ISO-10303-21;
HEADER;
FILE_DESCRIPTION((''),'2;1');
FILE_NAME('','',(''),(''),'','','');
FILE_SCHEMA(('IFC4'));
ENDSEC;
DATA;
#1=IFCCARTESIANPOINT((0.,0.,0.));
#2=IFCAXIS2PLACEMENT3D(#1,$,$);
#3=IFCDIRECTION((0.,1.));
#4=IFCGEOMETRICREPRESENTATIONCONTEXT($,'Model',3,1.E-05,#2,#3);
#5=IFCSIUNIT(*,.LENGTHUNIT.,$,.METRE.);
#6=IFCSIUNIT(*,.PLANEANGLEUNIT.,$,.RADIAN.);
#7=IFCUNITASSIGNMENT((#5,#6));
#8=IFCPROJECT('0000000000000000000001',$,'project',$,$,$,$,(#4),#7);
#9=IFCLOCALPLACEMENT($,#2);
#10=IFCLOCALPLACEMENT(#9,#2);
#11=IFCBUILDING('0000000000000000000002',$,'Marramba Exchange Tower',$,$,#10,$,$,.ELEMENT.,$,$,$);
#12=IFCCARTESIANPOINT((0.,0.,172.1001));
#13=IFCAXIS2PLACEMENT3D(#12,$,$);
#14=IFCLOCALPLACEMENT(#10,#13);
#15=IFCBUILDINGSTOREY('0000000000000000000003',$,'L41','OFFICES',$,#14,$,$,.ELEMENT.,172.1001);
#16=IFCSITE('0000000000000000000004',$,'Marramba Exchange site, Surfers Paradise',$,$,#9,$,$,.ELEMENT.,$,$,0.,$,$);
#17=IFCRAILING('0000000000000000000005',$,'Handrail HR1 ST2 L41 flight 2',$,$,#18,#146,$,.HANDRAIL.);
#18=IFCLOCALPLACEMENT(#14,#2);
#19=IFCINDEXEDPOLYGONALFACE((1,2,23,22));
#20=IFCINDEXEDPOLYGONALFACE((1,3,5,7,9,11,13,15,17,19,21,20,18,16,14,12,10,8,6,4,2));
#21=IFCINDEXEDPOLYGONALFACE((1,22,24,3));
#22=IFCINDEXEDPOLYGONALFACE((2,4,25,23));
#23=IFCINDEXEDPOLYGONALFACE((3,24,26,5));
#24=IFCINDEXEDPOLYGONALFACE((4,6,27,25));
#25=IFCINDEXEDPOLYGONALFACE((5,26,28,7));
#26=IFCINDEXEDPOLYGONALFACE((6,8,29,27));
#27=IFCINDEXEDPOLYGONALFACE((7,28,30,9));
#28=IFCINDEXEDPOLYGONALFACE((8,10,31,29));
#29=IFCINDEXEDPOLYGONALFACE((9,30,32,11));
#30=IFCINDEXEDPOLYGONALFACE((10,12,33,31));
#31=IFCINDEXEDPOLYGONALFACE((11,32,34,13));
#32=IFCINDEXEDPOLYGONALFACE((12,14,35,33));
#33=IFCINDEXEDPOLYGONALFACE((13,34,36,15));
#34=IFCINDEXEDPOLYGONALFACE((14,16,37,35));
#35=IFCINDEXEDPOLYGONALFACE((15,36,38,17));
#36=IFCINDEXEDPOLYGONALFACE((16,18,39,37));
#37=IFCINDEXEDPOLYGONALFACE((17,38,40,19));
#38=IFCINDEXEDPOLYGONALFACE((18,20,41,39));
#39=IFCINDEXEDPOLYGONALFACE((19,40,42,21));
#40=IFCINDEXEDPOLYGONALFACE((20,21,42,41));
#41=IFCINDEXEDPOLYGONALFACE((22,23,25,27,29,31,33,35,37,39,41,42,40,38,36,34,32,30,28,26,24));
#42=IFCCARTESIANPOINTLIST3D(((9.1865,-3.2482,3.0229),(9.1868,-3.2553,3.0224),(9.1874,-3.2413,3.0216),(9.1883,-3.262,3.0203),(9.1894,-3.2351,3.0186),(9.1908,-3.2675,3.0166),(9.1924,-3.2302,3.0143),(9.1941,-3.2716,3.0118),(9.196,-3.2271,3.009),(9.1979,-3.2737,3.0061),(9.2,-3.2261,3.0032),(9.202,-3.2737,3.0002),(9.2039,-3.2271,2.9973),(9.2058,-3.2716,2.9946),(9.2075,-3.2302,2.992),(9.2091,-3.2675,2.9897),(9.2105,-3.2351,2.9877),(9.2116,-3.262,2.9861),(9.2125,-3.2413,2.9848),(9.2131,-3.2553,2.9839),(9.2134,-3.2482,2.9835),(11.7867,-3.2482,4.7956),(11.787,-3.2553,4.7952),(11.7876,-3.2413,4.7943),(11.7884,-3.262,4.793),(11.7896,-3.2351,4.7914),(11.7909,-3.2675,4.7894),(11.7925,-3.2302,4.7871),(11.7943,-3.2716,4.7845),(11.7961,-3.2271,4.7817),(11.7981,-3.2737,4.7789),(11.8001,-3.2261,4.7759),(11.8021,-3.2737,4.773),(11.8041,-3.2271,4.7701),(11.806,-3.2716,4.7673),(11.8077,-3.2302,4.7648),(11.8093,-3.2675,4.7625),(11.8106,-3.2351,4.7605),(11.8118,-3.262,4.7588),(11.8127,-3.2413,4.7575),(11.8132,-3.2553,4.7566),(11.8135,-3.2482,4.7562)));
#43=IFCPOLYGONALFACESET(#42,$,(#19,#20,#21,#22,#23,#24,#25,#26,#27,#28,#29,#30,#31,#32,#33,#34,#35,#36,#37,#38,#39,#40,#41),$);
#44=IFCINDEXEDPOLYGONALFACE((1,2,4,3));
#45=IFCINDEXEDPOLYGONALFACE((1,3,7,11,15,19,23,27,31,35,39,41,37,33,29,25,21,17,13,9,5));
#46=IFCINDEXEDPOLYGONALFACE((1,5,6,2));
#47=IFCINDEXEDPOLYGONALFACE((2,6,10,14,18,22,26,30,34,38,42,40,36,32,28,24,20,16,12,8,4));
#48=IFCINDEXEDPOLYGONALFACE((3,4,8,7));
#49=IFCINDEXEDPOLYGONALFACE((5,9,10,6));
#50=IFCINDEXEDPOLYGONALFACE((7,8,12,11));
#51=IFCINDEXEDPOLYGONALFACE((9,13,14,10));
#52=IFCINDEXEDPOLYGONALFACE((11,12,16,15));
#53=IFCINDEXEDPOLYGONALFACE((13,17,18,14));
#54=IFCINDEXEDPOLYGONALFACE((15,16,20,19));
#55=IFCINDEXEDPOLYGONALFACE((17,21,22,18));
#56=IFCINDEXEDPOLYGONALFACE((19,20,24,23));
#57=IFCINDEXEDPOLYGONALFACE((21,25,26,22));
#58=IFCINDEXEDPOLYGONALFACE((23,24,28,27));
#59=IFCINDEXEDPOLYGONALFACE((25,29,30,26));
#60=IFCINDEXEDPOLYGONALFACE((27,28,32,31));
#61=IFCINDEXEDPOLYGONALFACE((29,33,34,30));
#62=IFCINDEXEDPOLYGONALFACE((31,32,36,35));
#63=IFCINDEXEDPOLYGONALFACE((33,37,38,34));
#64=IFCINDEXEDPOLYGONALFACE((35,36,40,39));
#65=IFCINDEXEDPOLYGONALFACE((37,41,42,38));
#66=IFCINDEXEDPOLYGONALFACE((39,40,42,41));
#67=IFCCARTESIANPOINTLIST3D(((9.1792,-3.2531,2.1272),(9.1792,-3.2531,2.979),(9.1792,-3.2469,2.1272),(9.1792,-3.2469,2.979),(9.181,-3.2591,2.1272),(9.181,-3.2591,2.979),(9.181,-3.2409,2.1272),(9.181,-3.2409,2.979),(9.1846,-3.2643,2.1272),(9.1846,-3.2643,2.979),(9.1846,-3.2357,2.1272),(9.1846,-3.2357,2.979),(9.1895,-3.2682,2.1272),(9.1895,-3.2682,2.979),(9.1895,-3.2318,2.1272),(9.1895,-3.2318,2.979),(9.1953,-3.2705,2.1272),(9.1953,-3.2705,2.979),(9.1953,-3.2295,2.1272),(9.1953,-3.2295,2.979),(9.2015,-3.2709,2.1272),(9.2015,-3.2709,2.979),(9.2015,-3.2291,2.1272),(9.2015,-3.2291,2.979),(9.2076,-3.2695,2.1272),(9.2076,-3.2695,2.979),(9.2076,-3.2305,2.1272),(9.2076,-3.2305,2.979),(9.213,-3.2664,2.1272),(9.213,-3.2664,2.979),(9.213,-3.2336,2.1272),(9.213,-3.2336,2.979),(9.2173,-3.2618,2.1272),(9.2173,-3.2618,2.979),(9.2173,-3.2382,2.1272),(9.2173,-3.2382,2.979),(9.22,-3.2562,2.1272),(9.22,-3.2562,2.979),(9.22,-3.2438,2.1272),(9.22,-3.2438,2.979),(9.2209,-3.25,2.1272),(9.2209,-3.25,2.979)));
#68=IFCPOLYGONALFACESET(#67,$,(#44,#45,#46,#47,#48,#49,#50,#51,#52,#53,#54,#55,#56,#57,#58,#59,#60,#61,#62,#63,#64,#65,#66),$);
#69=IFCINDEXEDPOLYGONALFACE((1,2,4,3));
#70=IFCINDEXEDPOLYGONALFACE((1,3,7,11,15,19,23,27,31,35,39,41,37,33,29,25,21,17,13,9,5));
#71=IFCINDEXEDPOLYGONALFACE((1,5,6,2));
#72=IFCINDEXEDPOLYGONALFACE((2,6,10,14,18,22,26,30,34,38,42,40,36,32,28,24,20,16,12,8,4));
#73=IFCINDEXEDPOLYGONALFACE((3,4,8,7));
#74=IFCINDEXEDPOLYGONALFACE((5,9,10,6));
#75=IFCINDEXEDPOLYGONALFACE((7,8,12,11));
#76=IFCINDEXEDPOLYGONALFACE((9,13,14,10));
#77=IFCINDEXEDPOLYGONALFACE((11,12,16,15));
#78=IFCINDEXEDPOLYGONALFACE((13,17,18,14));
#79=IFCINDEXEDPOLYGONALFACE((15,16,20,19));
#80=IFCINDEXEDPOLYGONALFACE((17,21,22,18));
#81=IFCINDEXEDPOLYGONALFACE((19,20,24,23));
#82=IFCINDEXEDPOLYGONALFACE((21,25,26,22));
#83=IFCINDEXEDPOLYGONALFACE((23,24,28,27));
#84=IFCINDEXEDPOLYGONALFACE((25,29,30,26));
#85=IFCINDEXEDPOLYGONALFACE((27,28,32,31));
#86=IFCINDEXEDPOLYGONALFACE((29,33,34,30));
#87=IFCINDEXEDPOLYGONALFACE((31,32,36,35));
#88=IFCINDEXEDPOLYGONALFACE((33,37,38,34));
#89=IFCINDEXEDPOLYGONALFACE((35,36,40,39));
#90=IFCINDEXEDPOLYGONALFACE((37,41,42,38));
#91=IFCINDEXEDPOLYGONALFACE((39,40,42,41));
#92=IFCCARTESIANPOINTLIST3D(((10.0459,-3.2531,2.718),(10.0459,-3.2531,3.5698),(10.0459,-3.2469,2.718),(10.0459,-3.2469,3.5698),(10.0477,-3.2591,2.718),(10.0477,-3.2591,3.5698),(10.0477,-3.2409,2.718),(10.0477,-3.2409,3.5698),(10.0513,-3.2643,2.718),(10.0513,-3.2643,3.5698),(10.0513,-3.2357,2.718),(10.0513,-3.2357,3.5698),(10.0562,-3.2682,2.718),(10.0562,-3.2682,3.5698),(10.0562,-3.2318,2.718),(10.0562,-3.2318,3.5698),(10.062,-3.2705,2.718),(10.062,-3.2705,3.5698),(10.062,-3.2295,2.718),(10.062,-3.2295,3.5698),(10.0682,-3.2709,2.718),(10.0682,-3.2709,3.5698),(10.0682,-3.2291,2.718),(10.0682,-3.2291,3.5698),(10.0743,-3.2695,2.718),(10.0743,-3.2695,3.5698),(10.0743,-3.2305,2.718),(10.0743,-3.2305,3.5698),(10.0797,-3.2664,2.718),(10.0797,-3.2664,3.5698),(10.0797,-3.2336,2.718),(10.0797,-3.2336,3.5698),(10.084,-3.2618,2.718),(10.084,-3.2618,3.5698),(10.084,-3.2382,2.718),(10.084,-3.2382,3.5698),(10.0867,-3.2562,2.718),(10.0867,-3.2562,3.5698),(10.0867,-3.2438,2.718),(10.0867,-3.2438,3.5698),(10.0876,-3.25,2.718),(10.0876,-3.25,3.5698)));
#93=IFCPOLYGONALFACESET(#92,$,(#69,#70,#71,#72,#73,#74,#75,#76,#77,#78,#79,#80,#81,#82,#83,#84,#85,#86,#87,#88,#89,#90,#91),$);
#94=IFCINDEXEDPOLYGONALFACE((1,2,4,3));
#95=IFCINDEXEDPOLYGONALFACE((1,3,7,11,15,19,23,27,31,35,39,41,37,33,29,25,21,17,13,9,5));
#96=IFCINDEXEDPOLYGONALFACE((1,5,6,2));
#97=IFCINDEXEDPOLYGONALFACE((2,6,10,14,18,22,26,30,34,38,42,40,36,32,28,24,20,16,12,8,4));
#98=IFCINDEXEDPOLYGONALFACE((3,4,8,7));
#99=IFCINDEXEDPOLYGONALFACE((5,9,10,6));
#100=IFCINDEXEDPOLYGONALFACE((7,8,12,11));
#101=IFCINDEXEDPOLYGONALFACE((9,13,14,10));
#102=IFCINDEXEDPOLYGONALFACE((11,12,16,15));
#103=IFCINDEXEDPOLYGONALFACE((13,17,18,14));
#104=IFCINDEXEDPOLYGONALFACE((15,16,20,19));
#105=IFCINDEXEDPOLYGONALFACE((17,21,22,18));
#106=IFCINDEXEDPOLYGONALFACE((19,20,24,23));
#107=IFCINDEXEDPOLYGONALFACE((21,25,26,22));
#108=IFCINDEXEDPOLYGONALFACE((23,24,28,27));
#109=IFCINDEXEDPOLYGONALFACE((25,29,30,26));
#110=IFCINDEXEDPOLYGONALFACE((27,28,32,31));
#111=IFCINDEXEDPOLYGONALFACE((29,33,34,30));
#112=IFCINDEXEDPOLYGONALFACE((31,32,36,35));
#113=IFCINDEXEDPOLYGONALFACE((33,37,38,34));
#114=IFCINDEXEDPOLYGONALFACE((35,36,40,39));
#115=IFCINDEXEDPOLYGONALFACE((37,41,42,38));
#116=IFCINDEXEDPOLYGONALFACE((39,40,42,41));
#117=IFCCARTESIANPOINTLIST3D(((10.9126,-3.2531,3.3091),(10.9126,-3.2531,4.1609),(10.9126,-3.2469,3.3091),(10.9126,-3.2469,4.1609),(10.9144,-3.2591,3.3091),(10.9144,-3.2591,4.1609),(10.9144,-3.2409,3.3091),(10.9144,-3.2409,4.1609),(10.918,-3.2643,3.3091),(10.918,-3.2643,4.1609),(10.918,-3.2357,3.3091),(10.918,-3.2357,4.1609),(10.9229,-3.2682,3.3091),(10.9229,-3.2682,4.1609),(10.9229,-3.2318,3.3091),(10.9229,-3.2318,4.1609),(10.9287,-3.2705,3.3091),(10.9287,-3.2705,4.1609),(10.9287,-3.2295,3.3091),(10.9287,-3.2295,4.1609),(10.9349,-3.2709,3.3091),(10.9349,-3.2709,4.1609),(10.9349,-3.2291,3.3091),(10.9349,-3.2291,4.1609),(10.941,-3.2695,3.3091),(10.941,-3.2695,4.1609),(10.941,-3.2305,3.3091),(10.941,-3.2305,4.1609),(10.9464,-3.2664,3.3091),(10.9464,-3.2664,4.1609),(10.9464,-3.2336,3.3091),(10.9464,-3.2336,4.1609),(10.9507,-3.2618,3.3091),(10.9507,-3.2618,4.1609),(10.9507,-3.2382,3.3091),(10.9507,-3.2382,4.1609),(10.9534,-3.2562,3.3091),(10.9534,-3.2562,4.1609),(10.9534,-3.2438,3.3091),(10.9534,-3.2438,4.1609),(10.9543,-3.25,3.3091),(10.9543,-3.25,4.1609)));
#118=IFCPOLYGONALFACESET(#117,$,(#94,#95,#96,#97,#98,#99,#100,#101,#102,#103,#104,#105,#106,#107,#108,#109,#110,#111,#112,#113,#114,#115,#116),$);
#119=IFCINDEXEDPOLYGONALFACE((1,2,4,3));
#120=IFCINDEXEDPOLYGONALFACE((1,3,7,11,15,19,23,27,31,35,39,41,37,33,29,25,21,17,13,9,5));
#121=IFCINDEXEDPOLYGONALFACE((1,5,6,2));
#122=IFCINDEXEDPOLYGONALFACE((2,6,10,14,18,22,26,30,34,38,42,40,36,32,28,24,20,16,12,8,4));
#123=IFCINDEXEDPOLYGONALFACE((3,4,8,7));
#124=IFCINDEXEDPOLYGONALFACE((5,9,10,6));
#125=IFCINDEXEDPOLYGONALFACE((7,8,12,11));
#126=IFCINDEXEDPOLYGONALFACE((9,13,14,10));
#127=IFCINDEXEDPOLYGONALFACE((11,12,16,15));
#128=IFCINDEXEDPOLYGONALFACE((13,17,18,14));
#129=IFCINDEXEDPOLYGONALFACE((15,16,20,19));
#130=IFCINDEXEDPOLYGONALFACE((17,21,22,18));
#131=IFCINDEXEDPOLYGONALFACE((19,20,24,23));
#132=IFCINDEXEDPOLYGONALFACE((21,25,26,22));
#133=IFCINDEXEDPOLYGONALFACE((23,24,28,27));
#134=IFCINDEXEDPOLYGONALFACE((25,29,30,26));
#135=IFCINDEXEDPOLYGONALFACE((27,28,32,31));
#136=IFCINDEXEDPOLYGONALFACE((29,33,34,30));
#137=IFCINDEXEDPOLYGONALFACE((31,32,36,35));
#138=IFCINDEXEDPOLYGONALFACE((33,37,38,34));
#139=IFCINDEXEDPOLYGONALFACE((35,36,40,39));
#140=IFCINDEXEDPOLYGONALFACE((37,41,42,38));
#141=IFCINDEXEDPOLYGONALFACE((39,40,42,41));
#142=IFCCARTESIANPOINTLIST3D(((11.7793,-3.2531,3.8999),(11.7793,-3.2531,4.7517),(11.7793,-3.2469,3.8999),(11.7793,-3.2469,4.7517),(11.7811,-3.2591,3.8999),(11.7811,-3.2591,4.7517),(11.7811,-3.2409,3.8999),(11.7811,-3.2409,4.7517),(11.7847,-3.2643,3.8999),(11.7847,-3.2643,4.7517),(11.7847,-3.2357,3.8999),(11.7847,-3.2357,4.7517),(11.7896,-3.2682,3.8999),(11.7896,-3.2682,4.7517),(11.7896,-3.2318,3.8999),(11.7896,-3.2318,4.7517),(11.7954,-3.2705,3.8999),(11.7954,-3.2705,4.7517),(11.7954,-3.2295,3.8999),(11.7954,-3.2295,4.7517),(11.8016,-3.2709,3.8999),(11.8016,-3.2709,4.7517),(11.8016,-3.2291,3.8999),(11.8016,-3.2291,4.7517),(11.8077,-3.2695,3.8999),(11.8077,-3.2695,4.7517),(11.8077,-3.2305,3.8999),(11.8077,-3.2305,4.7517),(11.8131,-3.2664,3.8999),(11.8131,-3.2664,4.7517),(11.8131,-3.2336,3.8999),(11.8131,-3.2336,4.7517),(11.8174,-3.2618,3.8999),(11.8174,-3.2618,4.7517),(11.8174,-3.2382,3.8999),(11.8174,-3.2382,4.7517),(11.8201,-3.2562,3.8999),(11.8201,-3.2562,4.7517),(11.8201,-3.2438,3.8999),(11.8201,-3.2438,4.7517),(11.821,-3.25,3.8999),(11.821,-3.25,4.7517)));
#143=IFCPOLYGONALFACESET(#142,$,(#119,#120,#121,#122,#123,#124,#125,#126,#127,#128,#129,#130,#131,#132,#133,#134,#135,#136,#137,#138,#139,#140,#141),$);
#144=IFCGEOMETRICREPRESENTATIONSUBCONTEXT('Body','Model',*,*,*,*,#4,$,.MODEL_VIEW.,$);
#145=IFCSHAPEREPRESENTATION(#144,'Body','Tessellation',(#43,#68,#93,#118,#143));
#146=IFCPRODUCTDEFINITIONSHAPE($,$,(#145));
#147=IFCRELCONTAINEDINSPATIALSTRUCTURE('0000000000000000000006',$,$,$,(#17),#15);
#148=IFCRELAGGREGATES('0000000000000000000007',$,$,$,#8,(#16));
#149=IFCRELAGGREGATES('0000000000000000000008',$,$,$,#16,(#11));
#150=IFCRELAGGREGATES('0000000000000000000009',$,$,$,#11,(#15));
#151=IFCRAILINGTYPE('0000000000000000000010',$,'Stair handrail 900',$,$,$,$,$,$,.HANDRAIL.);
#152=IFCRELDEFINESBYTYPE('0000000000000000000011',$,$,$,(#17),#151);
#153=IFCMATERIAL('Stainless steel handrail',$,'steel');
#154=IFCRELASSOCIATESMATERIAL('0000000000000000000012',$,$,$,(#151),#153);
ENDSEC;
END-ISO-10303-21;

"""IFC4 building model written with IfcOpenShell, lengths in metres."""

from ifc_helpers import new_model, si_unit, direction, frame, origin, origin_2d, place, context, subcontext, project, spatial, circle, extrude, material, type_object, element, save


model = new_model("IFC4")

# Units and contexts
model_context = context("Model", 3, precision=1e-05, world=origin(), true_north=direction((0.0, 1.0)))
body_context = subcontext(model_context, "Body", "Model", "MODEL_VIEW")
ifc_project = project(units=[si_unit("LENGTHUNIT", "METRE"), si_unit("PLANEANGLEUNIT", "RADIAN")], contexts=[model_context])

# Site, building, storey
site_placement = place(None, origin())
site = spatial("IfcSite", under=ifc_project, at=site_placement, Name="Marramba Exchange site, Surfers Paradise", CompositionType="ELEMENT", RefElevation=0.0)
building_placement = place(site_placement, origin())
building = spatial("IfcBuilding", under=site, at=building_placement, Name="Marramba Exchange Tower", CompositionType="ELEMENT")
storey_placement = place(building_placement, frame((0.0, 0.0, 172.1001)))
storey = spatial("IfcBuildingStorey", under=building, at=storey_placement, Name="L41", Description="OFFICES", CompositionType="ELEMENT", Elevation=172.1001)

# Railing
ifc_material_1 = material(Name="Stainless steel handrail", Category="steel")
railing_type = type_object("IfcRailingType", Name="Stair handrail 900", PredefinedType="HANDRAIL", material=ifc_material_1)
railing_placement = place(storey_placement, frame((9.2, -3.25, 2.1272)))
element("IfcRailing", 1, at=railing_placement, inside=storey, type_object=railing_type, Name="Handrail HR1 ST2 L41 flight 2", PredefinedType="HANDRAIL", context=body_context, shape_type="SweptSolid", body=[
    extrude(circle(Radius=0.0239, at=origin_2d()), frame((0.0, 0.0, 0.876), z_axis=(0.82624, 0.0, 0.563318), x_axis=(0.0, 1.0, 0.0)), (0.0, 0.0, 1.0), 3.147),
    extrude(circle(Radius=0.021, at=origin_2d()), origin(), (0.0, 0.0, 1.0), 0.8518),
    extrude(circle(Radius=0.021, at=origin_2d()), frame((0.8667, 0.0, 0.5908)), (0.0, 0.0, 1.0), 0.8518),
    extrude(circle(Radius=0.021, at=origin_2d()), frame((1.7334, 0.0, 1.1819)), (0.0, 0.0, 1.0), 0.8518),
    extrude(circle(Radius=0.021, at=origin_2d()), frame((2.6001, 0.0, 1.7727)), (0.0, 0.0, 1.0), 0.8518),
])

save(model, "model.ifc")
